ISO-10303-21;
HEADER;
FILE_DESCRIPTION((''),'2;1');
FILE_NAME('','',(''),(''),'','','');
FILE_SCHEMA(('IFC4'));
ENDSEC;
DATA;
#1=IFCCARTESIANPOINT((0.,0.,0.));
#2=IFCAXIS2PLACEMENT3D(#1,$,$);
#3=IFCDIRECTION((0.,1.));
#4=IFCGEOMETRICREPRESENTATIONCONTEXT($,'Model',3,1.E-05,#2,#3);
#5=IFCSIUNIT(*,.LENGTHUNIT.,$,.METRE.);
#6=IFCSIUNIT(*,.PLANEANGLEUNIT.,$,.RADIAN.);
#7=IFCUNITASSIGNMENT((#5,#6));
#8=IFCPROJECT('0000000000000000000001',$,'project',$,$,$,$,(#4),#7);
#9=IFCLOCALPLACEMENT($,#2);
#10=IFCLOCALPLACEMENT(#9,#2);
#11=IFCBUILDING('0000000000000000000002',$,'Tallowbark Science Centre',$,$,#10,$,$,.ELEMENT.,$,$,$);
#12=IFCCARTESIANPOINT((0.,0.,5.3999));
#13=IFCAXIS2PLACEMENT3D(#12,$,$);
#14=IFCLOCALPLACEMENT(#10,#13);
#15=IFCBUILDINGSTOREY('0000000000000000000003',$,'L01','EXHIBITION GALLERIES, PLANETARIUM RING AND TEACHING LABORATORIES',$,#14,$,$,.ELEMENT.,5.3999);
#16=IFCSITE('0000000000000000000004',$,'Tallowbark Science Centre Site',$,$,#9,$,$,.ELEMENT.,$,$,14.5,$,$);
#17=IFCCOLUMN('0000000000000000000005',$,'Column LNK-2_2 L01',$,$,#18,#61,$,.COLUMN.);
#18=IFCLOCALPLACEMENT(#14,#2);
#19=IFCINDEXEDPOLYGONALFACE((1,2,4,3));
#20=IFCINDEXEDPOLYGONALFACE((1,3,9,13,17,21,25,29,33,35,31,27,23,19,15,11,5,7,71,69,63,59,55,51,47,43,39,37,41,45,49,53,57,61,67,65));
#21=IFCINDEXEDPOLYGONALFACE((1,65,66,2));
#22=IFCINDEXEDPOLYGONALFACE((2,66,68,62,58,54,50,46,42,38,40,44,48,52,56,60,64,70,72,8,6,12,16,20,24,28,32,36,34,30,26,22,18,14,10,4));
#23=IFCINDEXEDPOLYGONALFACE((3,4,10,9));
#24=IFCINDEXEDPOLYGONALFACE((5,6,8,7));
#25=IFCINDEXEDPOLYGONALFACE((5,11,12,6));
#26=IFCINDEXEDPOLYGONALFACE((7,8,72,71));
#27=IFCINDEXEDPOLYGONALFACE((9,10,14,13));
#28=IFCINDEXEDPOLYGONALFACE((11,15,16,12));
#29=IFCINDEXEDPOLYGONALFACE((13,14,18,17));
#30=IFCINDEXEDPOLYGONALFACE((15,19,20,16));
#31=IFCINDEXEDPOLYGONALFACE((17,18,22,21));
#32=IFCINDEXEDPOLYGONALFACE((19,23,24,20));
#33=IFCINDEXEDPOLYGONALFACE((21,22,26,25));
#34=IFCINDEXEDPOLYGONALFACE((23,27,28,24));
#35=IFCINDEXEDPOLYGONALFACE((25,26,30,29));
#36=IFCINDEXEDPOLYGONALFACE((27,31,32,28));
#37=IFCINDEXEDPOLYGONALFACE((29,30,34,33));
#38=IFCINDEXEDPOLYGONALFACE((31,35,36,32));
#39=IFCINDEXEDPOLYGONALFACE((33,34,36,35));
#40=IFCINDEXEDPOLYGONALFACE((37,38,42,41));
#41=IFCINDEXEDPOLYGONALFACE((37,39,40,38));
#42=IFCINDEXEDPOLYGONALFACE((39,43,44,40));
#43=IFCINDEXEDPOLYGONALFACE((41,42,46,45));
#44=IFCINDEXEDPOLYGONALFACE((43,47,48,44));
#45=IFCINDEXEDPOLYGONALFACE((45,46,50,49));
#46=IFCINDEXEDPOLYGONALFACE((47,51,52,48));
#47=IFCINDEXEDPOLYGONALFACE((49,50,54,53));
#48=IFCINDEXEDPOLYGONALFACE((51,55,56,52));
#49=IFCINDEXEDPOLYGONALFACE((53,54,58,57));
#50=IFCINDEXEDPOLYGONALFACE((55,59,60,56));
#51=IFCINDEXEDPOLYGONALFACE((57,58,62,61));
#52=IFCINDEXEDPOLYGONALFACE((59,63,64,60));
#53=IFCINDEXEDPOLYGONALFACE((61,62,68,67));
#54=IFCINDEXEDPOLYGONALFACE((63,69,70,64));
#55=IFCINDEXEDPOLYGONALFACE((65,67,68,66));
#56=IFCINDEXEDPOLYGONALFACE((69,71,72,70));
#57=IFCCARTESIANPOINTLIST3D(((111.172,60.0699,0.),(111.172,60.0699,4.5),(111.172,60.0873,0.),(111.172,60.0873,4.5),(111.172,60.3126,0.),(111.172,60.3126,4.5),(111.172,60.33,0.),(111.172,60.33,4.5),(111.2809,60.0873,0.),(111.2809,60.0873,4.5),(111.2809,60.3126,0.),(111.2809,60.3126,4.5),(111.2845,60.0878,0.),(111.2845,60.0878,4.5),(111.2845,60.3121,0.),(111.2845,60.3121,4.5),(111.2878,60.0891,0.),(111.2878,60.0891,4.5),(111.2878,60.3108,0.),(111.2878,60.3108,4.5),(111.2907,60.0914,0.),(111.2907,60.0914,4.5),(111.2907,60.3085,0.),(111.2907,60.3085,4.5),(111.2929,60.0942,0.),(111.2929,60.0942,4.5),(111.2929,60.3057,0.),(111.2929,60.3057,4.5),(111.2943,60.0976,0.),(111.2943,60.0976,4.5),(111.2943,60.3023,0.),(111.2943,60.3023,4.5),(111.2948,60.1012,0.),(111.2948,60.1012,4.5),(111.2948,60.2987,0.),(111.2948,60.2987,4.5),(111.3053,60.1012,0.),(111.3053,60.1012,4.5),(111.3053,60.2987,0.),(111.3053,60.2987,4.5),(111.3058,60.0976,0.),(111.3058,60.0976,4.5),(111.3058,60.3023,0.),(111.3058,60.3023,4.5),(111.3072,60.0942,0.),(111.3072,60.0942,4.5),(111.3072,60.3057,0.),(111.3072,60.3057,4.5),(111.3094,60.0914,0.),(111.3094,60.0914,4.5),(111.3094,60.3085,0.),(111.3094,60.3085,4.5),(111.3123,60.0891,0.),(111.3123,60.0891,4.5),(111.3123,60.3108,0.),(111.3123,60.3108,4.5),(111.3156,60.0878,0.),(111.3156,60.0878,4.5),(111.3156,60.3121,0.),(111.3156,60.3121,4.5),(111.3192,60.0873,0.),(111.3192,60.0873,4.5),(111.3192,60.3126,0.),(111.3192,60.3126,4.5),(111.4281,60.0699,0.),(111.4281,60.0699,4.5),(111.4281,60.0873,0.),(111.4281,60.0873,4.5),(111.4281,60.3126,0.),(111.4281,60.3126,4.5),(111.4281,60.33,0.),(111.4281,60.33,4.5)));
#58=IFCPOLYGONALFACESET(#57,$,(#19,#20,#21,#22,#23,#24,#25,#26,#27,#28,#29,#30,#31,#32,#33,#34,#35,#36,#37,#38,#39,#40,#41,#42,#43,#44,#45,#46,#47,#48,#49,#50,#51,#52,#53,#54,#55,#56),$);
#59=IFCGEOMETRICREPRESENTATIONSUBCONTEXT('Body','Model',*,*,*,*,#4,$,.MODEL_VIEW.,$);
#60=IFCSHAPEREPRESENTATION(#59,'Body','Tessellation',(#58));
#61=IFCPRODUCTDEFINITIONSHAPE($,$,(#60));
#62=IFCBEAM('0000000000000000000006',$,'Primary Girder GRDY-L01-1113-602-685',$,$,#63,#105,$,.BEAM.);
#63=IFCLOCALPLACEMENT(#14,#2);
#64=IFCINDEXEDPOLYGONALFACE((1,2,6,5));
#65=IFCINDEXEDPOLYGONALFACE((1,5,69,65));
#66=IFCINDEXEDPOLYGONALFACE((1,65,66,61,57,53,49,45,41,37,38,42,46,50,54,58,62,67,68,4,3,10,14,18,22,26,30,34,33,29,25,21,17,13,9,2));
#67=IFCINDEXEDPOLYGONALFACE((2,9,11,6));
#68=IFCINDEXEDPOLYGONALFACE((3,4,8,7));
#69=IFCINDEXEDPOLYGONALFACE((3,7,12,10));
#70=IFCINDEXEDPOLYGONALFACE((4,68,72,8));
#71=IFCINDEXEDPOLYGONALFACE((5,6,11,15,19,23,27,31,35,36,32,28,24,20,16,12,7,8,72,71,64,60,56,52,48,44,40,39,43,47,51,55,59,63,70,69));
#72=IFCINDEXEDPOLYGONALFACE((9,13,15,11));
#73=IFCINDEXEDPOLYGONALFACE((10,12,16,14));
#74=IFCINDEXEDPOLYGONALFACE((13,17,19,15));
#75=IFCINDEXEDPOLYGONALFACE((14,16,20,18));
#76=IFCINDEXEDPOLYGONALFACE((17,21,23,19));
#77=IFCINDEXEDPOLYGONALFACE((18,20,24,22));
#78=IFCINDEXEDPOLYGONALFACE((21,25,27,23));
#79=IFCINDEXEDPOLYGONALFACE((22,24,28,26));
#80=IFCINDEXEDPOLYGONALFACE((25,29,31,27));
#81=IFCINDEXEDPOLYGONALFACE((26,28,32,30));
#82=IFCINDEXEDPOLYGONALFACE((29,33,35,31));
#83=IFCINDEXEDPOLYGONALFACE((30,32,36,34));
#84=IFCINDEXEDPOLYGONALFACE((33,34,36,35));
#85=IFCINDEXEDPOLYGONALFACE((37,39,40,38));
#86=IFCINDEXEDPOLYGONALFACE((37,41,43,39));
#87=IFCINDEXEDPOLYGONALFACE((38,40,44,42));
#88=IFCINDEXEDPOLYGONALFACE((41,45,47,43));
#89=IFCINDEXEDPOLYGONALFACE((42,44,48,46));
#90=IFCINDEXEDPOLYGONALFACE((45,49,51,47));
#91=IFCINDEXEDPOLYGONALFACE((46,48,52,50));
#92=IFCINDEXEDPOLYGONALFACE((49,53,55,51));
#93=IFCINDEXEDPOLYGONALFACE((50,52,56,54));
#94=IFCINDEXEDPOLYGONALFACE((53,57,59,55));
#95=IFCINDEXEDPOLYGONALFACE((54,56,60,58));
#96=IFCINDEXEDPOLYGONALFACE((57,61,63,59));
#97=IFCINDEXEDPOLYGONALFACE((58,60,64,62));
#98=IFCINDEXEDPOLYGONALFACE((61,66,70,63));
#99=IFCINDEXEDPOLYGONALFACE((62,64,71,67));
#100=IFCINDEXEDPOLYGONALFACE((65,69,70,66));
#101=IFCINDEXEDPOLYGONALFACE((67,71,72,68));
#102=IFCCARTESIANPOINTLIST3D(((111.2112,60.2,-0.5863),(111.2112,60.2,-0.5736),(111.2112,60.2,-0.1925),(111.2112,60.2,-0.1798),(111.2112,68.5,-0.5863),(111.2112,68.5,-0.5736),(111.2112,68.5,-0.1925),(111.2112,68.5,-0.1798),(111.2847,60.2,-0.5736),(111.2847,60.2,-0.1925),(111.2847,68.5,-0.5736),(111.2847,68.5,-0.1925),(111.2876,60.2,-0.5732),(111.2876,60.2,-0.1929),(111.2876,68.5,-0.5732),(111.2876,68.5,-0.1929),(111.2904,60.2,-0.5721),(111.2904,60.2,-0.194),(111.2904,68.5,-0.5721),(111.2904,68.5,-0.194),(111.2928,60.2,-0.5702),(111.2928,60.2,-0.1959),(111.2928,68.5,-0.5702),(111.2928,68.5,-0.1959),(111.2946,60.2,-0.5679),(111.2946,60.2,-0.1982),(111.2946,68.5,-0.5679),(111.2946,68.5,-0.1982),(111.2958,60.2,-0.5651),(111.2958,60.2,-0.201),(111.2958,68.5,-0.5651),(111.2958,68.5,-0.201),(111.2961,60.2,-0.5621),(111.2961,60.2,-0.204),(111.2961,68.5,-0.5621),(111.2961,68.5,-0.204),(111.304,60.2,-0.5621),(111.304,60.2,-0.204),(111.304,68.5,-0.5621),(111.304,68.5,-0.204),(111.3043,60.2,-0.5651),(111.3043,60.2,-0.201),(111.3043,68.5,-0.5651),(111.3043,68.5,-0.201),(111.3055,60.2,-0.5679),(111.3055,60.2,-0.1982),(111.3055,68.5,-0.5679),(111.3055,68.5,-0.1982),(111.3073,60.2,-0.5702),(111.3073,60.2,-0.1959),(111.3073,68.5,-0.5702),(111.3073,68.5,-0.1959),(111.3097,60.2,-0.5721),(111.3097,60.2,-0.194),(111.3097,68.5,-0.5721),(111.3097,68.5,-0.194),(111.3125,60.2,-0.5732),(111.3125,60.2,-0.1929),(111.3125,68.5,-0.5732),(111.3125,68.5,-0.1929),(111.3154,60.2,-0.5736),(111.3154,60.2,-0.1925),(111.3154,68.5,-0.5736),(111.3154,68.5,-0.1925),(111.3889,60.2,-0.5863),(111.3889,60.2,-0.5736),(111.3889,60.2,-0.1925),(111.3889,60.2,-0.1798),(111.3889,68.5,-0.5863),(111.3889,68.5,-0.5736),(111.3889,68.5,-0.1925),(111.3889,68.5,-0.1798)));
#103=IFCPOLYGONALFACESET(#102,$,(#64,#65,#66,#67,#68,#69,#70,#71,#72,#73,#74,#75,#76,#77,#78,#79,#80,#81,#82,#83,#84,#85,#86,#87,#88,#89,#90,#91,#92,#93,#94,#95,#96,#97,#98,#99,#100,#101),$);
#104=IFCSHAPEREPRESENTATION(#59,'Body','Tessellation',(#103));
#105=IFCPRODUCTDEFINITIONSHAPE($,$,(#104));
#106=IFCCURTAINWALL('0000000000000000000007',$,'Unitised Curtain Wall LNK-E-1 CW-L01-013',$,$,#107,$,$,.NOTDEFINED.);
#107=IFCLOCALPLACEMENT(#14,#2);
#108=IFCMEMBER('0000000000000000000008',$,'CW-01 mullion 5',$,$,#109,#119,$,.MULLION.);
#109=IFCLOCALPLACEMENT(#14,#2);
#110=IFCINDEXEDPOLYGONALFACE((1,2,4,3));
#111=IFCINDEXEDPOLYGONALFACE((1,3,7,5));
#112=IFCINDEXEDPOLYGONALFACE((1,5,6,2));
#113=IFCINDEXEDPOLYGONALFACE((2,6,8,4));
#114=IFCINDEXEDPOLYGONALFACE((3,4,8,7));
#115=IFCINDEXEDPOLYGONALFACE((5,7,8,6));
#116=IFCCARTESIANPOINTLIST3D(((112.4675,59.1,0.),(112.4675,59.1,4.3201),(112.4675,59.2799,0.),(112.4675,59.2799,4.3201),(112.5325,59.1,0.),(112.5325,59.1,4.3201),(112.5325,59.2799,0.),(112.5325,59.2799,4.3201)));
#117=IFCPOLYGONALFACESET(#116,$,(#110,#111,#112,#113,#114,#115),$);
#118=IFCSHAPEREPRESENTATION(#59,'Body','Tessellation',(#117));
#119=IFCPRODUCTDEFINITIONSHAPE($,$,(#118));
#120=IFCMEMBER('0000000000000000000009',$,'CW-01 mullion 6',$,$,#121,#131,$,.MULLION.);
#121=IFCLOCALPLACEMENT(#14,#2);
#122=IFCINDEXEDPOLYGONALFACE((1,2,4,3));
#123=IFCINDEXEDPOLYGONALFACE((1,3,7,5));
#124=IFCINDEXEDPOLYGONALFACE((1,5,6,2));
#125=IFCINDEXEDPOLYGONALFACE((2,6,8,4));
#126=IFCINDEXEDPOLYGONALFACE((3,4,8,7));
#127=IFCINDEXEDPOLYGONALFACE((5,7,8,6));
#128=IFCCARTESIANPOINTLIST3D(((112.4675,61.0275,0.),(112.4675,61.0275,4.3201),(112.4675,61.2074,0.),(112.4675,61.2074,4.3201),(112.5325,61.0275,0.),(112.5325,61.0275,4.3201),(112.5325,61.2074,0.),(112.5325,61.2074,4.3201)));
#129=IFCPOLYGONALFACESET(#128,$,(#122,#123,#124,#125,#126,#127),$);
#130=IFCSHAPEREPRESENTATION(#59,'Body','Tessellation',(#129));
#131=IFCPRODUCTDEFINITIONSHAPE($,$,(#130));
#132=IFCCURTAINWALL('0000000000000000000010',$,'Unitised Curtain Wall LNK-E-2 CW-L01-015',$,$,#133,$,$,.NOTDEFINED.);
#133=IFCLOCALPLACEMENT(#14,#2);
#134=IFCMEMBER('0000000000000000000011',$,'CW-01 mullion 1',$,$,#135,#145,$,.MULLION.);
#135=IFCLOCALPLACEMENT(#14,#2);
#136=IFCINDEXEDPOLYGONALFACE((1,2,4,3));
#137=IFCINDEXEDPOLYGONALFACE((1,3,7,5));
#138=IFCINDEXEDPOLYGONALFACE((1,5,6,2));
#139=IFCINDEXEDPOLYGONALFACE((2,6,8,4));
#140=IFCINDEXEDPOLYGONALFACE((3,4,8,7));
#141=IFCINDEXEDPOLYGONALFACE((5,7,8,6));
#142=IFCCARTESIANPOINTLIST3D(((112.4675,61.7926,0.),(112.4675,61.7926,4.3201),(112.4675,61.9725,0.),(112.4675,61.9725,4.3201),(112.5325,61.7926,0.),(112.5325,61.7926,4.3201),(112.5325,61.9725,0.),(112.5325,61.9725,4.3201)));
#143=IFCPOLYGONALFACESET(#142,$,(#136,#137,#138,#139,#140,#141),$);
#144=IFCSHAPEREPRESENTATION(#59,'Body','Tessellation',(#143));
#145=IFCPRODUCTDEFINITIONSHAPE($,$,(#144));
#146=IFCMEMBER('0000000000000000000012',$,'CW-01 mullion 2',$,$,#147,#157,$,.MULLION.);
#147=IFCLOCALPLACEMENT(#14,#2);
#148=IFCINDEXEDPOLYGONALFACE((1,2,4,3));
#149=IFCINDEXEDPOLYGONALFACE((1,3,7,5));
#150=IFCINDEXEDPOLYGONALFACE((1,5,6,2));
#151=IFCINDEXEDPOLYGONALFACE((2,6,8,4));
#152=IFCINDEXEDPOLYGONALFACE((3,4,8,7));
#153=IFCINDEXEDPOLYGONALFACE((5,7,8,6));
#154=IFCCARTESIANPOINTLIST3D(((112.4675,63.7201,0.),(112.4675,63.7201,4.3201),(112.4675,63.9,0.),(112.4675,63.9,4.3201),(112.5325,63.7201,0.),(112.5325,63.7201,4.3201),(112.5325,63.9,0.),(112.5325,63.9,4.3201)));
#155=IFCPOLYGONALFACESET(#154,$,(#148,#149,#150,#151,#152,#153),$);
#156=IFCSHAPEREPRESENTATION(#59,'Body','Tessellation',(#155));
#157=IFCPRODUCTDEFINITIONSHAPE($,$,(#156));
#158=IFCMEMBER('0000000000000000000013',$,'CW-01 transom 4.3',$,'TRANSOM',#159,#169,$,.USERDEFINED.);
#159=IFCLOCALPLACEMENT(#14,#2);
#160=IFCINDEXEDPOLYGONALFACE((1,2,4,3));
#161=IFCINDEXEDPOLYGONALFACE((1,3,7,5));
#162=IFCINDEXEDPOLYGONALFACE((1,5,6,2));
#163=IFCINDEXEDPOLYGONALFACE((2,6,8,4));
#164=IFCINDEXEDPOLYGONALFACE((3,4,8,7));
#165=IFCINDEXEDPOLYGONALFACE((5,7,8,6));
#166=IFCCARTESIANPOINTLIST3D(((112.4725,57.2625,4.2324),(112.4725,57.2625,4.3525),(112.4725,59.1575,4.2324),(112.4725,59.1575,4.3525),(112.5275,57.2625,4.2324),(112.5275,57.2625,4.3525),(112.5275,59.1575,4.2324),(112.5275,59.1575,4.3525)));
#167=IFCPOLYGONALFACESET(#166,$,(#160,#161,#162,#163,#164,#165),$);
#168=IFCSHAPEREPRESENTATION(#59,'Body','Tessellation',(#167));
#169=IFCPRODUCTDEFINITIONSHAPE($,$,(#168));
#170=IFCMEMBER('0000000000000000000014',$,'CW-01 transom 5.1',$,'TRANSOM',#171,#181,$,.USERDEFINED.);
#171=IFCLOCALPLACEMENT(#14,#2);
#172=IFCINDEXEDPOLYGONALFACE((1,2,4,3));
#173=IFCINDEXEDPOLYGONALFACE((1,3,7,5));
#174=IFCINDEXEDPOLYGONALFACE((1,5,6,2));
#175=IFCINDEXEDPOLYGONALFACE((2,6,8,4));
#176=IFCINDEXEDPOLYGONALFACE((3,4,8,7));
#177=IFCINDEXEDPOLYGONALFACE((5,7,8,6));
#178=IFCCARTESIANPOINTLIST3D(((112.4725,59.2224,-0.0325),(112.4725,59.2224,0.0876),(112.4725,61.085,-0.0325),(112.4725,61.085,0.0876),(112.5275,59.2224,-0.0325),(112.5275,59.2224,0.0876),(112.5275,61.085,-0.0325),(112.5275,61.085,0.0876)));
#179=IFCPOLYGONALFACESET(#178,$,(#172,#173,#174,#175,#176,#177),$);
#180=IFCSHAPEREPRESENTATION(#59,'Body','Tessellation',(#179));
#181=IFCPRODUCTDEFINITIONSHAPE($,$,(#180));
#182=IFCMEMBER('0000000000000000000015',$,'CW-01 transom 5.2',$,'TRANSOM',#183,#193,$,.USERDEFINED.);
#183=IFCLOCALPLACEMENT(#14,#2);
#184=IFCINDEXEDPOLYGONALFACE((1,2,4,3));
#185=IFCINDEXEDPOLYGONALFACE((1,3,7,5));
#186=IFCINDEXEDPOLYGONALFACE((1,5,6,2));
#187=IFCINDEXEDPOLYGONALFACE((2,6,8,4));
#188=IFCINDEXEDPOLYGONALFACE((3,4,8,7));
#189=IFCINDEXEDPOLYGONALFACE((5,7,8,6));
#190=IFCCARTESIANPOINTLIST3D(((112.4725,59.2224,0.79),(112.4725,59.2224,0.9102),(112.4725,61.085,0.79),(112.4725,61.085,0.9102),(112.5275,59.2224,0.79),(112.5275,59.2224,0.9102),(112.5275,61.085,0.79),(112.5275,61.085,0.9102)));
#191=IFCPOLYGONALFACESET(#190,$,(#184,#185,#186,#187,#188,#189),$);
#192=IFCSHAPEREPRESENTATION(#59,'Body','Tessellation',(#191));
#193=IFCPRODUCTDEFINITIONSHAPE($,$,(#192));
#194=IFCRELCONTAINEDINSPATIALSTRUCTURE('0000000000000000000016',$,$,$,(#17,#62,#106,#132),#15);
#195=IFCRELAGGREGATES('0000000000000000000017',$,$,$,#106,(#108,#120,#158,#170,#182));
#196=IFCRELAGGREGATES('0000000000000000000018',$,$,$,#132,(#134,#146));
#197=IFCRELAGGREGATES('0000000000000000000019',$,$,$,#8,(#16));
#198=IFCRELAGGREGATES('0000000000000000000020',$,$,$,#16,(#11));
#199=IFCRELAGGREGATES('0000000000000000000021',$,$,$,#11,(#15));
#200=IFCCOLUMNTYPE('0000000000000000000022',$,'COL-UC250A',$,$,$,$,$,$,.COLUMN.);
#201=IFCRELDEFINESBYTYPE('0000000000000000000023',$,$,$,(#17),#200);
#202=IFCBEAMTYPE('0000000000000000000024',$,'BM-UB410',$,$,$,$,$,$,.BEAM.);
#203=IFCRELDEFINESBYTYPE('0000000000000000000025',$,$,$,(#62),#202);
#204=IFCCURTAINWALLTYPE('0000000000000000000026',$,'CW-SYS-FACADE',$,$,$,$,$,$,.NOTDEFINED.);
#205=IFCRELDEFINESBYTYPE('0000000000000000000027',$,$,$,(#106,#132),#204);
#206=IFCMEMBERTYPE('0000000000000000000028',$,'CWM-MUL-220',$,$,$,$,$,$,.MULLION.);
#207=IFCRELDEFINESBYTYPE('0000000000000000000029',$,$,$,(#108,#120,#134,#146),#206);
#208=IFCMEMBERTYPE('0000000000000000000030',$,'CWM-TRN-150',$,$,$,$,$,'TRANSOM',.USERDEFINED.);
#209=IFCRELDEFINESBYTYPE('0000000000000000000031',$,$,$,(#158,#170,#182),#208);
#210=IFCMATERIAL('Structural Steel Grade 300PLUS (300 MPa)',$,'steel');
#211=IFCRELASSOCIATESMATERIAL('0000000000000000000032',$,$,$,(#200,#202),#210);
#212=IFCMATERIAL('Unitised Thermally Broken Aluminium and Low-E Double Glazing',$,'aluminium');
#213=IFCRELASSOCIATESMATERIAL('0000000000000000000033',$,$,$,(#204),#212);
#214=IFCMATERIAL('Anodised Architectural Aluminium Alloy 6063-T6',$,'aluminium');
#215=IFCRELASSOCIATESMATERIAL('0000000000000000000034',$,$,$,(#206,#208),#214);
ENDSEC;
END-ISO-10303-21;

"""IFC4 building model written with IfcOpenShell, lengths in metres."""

from ifc_helpers import new_model, si_unit, direction, frame, origin, origin_2d, place, context, subcontext, project, spatial, rectangle, i_section, extrude, material, material_profile, profile_set, type_object, element, aggregate, save


model = new_model("IFC4")

# Units and contexts
model_context = context("Model", 3, precision=1e-05, world=origin(), true_north=direction((0.0, 1.0)))
body_context = subcontext(model_context, "Body", "Model", "MODEL_VIEW")
ifc_project = project(units=[si_unit("LENGTHUNIT", "METRE"), si_unit("PLANEANGLEUNIT", "RADIAN")], contexts=[model_context])

# Site, building, storey
site_placement = place(None, origin())
site = spatial("IfcSite", under=ifc_project, at=site_placement, Name="Tallowbark Science Centre Site", CompositionType="ELEMENT", RefElevation=14.5)
building_placement = place(site_placement, origin())
building = spatial("IfcBuilding", under=site, at=building_placement, Name="Tallowbark Science Centre", CompositionType="ELEMENT")
storey_placement = place(building_placement, frame((0.0, 0.0, 5.3999)))
storey = spatial("IfcBuildingStorey", under=building, at=storey_placement, Name="L01", Description="EXHIBITION GALLERIES, PLANETARIUM RING AND TEACHING LABORATORIES", CompositionType="ELEMENT", Elevation=5.3999)

# Column
ifc_material_1 = material(Name="Structural Steel Grade 300PLUS (300 MPa)", Category="steel")
ifc_material_profile_1 = material_profile(ifc_material_1, i_section(OverallWidth=0.2561, OverallDepth=0.26, WebThickness=0.0105, FlangeThickness=0.0173, FilletRadius=0.0139, at=origin_2d()), Name="250UC89.5")
ifc_profile_set_1 = profile_set([ifc_material_profile_1], Name="Structural Steel Grade 300PLUS (300 MPa)")
column_type = type_object("IfcColumnType", Name="COL-UC250A", PredefinedType="COLUMN", material=ifc_profile_set_1)
column_placement = place(storey_placement, frame((111.3, 60.2, 0.0), z_axis=(0.0, 0.0, 1.0), x_axis=(1.0, 0.0, 0.0)))
element("IfcColumn", 1, at=column_placement, inside=storey, type_object=column_type, Name="Column LNK-2_2 L01", PredefinedType="COLUMN", context=body_context, shape_type="SweptSolid", body=[
    extrude(i_section(OverallWidth=0.2561, OverallDepth=0.26, WebThickness=0.0105, FlangeThickness=0.0173, FilletRadius=0.0139, at=origin_2d()), origin(), (0.0, 0.0, 1.0), 4.5),
])

# Beam
ifc_material_profile_2 = material_profile(ifc_material_1, i_section(OverallWidth=0.1777, OverallDepth=0.4065, WebThickness=0.0078, FlangeThickness=0.0127, FilletRadius=0.0115, at=origin_2d()), Name="410UB59.7")
ifc_profile_set_2 = profile_set([ifc_material_profile_2], Name="Structural Steel Grade 300PLUS (300 MPa)")
beam_type = type_object("IfcBeamType", Name="BM-UB410", PredefinedType="BEAM", material=ifc_profile_set_2)
beam_placement = place(storey_placement, frame((111.3, 60.2, -0.3831), z_axis=(0.0, 1.0, 0.0), x_axis=(-1.0, 0.0, 0.0)))
element("IfcBeam", 2, at=beam_placement, inside=storey, type_object=beam_type, Name="Primary Girder GRDY-L01-1113-602-685", PredefinedType="BEAM", context=body_context, shape_type="SweptSolid", body=[
    extrude(i_section(OverallWidth=0.1777, OverallDepth=0.4065, WebThickness=0.0078, FlangeThickness=0.0127, FilletRadius=0.0115, at=origin_2d()), origin(), (0.0, 0.0, 1.0), 8.3),
])

# Curtain walls, members
ifc_material_2 = material(Name="Unitised Thermally Broken Aluminium and Low-E Double Glazing", Category="aluminium")
curtain_wall_type = type_object("IfcCurtainWallType", Name="CW-SYS-FACADE", PredefinedType="NOTDEFINED", material=ifc_material_2)
curtain_wall_1_placement = place(storey_placement, origin())
curtain_wall_1 = element("IfcCurtainWall", 3, at=curtain_wall_1_placement, inside=storey, type_object=curtain_wall_type, Name="Unitised Curtain Wall LNK-E-1 CW-L01-013", PredefinedType="NOTDEFINED")
ifc_material_3 = material(Name="Anodised Architectural Aluminium Alloy 6063-T6", Category="aluminium")
ifc_material_profile_3 = material_profile(ifc_material_3, rectangle(XDim=0.0649, YDim=0.1799, at=origin_2d()), Name="ALU65x180")
ifc_profile_set_3 = profile_set([ifc_material_profile_3], Name="Anodised Architectural Aluminium Alloy 6063-T6")
member_type_1 = type_object("IfcMemberType", Name="CWM-MUL-220", PredefinedType="MULLION", material=ifc_profile_set_3)
member_1_placement = place(storey_placement, frame((112.5, 59.1899, 0.0), z_axis=(0.0, 0.0, 1.0), x_axis=(-1.0, 0.0, 0.0)))
member_1 = element("IfcMember", 4, at=member_1_placement, type_object=member_type_1, Name="CW-01 mullion 5", PredefinedType="MULLION", context=body_context, shape_type="SweptSolid", body=[
    extrude(rectangle(XDim=0.0649, YDim=0.1799, at=origin_2d()), origin(), (0.0, 0.0, 1.0), 4.3201),
])
member_2_placement = place(storey_placement, frame((112.5, 61.1174, 0.0), z_axis=(0.0, 0.0, 1.0), x_axis=(-1.0, 0.0, 0.0)))
member_2 = element("IfcMember", 5, at=member_2_placement, type_object=member_type_1, Name="CW-01 mullion 6", PredefinedType="MULLION", context=body_context, shape_type="SweptSolid", body=[
    extrude(rectangle(XDim=0.0649, YDim=0.1799, at=origin_2d()), origin(), (0.0, 0.0, 1.0), 4.3201),
])
curtain_wall_2_placement = place(storey_placement, origin())
curtain_wall_2 = element("IfcCurtainWall", 6, at=curtain_wall_2_placement, inside=storey, type_object=curtain_wall_type, Name="Unitised Curtain Wall LNK-E-2 CW-L01-015", PredefinedType="NOTDEFINED")
member_3_placement = place(storey_placement, frame((112.5, 61.8826, 0.0), z_axis=(0.0, 0.0, 1.0), x_axis=(-1.0, 0.0, 0.0)))
member_3 = element("IfcMember", 7, at=member_3_placement, type_object=member_type_1, Name="CW-01 mullion 1", PredefinedType="MULLION", context=body_context, shape_type="SweptSolid", body=[
    extrude(rectangle(XDim=0.0649, YDim=0.1799, at=origin_2d()), origin(), (0.0, 0.0, 1.0), 4.3201),
])
member_4_placement = place(storey_placement, frame((112.5, 63.8101, 0.0), z_axis=(0.0, 0.0, 1.0), x_axis=(-1.0, 0.0, 0.0)))
member_4 = element("IfcMember", 8, at=member_4_placement, type_object=member_type_1, Name="CW-01 mullion 2", PredefinedType="MULLION", context=body_context, shape_type="SweptSolid", body=[
    extrude(rectangle(XDim=0.0649, YDim=0.1799, at=origin_2d()), origin(), (0.0, 0.0, 1.0), 4.3201),
])

# Members
ifc_material_profile_4 = material_profile(ifc_material_3, rectangle(XDim=0.0549, YDim=0.1201, at=origin_2d()), Name="ALU55x120")
ifc_profile_set_4 = profile_set([ifc_material_profile_4], Name="Anodised Architectural Aluminium Alloy 6063-T6")
member_type_2 = type_object("IfcMemberType", Name="CWM-TRN-150", ElementType="TRANSOM", PredefinedType="USERDEFINED", material=ifc_profile_set_4)
member_5_placement = place(storey_placement, frame((112.5, 57.2625, 4.2925), z_axis=(0.0, 1.0, 0.0), x_axis=(-1.0, 0.0, 0.0)))
member_5 = element("IfcMember", 9, at=member_5_placement, type_object=member_type_2, Name="CW-01 transom 4.3", ObjectType="TRANSOM", PredefinedType="USERDEFINED", context=body_context, shape_type="SweptSolid", body=[
    extrude(rectangle(XDim=0.0549, YDim=0.1201, at=origin_2d()), origin(), (0.0, 0.0, 1.0), 1.895),
])
member_6_placement = place(storey_placement, frame((112.5, 59.2224, 0.0276), z_axis=(0.0, 1.0, 0.0), x_axis=(-1.0, 0.0, 0.0)))
member_6 = element("IfcMember", 10, at=member_6_placement, type_object=member_type_2, Name="CW-01 transom 5.1", ObjectType="TRANSOM", PredefinedType="USERDEFINED", context=body_context, shape_type="SweptSolid", body=[
    extrude(rectangle(XDim=0.0549, YDim=0.1201, at=origin_2d()), origin(), (0.0, 0.0, 1.0), 1.8625),
])
member_7_placement = place(storey_placement, frame((112.5, 59.2224, 0.8501), z_axis=(0.0, 1.0, 0.0), x_axis=(-1.0, 0.0, 0.0)))
member_7 = element("IfcMember", 11, at=member_7_placement, type_object=member_type_2, Name="CW-01 transom 5.2", ObjectType="TRANSOM", PredefinedType="USERDEFINED", context=body_context, shape_type="SweptSolid", body=[
    extrude(rectangle(XDim=0.0549, YDim=0.1201, at=origin_2d()), origin(), (0.0, 0.0, 1.0), 1.8625),
])

aggregate(curtain_wall_1, [member_1, member_2, member_5, member_6, member_7])
aggregate(curtain_wall_2, [member_3, member_4])

save(model, "model.ifc")
